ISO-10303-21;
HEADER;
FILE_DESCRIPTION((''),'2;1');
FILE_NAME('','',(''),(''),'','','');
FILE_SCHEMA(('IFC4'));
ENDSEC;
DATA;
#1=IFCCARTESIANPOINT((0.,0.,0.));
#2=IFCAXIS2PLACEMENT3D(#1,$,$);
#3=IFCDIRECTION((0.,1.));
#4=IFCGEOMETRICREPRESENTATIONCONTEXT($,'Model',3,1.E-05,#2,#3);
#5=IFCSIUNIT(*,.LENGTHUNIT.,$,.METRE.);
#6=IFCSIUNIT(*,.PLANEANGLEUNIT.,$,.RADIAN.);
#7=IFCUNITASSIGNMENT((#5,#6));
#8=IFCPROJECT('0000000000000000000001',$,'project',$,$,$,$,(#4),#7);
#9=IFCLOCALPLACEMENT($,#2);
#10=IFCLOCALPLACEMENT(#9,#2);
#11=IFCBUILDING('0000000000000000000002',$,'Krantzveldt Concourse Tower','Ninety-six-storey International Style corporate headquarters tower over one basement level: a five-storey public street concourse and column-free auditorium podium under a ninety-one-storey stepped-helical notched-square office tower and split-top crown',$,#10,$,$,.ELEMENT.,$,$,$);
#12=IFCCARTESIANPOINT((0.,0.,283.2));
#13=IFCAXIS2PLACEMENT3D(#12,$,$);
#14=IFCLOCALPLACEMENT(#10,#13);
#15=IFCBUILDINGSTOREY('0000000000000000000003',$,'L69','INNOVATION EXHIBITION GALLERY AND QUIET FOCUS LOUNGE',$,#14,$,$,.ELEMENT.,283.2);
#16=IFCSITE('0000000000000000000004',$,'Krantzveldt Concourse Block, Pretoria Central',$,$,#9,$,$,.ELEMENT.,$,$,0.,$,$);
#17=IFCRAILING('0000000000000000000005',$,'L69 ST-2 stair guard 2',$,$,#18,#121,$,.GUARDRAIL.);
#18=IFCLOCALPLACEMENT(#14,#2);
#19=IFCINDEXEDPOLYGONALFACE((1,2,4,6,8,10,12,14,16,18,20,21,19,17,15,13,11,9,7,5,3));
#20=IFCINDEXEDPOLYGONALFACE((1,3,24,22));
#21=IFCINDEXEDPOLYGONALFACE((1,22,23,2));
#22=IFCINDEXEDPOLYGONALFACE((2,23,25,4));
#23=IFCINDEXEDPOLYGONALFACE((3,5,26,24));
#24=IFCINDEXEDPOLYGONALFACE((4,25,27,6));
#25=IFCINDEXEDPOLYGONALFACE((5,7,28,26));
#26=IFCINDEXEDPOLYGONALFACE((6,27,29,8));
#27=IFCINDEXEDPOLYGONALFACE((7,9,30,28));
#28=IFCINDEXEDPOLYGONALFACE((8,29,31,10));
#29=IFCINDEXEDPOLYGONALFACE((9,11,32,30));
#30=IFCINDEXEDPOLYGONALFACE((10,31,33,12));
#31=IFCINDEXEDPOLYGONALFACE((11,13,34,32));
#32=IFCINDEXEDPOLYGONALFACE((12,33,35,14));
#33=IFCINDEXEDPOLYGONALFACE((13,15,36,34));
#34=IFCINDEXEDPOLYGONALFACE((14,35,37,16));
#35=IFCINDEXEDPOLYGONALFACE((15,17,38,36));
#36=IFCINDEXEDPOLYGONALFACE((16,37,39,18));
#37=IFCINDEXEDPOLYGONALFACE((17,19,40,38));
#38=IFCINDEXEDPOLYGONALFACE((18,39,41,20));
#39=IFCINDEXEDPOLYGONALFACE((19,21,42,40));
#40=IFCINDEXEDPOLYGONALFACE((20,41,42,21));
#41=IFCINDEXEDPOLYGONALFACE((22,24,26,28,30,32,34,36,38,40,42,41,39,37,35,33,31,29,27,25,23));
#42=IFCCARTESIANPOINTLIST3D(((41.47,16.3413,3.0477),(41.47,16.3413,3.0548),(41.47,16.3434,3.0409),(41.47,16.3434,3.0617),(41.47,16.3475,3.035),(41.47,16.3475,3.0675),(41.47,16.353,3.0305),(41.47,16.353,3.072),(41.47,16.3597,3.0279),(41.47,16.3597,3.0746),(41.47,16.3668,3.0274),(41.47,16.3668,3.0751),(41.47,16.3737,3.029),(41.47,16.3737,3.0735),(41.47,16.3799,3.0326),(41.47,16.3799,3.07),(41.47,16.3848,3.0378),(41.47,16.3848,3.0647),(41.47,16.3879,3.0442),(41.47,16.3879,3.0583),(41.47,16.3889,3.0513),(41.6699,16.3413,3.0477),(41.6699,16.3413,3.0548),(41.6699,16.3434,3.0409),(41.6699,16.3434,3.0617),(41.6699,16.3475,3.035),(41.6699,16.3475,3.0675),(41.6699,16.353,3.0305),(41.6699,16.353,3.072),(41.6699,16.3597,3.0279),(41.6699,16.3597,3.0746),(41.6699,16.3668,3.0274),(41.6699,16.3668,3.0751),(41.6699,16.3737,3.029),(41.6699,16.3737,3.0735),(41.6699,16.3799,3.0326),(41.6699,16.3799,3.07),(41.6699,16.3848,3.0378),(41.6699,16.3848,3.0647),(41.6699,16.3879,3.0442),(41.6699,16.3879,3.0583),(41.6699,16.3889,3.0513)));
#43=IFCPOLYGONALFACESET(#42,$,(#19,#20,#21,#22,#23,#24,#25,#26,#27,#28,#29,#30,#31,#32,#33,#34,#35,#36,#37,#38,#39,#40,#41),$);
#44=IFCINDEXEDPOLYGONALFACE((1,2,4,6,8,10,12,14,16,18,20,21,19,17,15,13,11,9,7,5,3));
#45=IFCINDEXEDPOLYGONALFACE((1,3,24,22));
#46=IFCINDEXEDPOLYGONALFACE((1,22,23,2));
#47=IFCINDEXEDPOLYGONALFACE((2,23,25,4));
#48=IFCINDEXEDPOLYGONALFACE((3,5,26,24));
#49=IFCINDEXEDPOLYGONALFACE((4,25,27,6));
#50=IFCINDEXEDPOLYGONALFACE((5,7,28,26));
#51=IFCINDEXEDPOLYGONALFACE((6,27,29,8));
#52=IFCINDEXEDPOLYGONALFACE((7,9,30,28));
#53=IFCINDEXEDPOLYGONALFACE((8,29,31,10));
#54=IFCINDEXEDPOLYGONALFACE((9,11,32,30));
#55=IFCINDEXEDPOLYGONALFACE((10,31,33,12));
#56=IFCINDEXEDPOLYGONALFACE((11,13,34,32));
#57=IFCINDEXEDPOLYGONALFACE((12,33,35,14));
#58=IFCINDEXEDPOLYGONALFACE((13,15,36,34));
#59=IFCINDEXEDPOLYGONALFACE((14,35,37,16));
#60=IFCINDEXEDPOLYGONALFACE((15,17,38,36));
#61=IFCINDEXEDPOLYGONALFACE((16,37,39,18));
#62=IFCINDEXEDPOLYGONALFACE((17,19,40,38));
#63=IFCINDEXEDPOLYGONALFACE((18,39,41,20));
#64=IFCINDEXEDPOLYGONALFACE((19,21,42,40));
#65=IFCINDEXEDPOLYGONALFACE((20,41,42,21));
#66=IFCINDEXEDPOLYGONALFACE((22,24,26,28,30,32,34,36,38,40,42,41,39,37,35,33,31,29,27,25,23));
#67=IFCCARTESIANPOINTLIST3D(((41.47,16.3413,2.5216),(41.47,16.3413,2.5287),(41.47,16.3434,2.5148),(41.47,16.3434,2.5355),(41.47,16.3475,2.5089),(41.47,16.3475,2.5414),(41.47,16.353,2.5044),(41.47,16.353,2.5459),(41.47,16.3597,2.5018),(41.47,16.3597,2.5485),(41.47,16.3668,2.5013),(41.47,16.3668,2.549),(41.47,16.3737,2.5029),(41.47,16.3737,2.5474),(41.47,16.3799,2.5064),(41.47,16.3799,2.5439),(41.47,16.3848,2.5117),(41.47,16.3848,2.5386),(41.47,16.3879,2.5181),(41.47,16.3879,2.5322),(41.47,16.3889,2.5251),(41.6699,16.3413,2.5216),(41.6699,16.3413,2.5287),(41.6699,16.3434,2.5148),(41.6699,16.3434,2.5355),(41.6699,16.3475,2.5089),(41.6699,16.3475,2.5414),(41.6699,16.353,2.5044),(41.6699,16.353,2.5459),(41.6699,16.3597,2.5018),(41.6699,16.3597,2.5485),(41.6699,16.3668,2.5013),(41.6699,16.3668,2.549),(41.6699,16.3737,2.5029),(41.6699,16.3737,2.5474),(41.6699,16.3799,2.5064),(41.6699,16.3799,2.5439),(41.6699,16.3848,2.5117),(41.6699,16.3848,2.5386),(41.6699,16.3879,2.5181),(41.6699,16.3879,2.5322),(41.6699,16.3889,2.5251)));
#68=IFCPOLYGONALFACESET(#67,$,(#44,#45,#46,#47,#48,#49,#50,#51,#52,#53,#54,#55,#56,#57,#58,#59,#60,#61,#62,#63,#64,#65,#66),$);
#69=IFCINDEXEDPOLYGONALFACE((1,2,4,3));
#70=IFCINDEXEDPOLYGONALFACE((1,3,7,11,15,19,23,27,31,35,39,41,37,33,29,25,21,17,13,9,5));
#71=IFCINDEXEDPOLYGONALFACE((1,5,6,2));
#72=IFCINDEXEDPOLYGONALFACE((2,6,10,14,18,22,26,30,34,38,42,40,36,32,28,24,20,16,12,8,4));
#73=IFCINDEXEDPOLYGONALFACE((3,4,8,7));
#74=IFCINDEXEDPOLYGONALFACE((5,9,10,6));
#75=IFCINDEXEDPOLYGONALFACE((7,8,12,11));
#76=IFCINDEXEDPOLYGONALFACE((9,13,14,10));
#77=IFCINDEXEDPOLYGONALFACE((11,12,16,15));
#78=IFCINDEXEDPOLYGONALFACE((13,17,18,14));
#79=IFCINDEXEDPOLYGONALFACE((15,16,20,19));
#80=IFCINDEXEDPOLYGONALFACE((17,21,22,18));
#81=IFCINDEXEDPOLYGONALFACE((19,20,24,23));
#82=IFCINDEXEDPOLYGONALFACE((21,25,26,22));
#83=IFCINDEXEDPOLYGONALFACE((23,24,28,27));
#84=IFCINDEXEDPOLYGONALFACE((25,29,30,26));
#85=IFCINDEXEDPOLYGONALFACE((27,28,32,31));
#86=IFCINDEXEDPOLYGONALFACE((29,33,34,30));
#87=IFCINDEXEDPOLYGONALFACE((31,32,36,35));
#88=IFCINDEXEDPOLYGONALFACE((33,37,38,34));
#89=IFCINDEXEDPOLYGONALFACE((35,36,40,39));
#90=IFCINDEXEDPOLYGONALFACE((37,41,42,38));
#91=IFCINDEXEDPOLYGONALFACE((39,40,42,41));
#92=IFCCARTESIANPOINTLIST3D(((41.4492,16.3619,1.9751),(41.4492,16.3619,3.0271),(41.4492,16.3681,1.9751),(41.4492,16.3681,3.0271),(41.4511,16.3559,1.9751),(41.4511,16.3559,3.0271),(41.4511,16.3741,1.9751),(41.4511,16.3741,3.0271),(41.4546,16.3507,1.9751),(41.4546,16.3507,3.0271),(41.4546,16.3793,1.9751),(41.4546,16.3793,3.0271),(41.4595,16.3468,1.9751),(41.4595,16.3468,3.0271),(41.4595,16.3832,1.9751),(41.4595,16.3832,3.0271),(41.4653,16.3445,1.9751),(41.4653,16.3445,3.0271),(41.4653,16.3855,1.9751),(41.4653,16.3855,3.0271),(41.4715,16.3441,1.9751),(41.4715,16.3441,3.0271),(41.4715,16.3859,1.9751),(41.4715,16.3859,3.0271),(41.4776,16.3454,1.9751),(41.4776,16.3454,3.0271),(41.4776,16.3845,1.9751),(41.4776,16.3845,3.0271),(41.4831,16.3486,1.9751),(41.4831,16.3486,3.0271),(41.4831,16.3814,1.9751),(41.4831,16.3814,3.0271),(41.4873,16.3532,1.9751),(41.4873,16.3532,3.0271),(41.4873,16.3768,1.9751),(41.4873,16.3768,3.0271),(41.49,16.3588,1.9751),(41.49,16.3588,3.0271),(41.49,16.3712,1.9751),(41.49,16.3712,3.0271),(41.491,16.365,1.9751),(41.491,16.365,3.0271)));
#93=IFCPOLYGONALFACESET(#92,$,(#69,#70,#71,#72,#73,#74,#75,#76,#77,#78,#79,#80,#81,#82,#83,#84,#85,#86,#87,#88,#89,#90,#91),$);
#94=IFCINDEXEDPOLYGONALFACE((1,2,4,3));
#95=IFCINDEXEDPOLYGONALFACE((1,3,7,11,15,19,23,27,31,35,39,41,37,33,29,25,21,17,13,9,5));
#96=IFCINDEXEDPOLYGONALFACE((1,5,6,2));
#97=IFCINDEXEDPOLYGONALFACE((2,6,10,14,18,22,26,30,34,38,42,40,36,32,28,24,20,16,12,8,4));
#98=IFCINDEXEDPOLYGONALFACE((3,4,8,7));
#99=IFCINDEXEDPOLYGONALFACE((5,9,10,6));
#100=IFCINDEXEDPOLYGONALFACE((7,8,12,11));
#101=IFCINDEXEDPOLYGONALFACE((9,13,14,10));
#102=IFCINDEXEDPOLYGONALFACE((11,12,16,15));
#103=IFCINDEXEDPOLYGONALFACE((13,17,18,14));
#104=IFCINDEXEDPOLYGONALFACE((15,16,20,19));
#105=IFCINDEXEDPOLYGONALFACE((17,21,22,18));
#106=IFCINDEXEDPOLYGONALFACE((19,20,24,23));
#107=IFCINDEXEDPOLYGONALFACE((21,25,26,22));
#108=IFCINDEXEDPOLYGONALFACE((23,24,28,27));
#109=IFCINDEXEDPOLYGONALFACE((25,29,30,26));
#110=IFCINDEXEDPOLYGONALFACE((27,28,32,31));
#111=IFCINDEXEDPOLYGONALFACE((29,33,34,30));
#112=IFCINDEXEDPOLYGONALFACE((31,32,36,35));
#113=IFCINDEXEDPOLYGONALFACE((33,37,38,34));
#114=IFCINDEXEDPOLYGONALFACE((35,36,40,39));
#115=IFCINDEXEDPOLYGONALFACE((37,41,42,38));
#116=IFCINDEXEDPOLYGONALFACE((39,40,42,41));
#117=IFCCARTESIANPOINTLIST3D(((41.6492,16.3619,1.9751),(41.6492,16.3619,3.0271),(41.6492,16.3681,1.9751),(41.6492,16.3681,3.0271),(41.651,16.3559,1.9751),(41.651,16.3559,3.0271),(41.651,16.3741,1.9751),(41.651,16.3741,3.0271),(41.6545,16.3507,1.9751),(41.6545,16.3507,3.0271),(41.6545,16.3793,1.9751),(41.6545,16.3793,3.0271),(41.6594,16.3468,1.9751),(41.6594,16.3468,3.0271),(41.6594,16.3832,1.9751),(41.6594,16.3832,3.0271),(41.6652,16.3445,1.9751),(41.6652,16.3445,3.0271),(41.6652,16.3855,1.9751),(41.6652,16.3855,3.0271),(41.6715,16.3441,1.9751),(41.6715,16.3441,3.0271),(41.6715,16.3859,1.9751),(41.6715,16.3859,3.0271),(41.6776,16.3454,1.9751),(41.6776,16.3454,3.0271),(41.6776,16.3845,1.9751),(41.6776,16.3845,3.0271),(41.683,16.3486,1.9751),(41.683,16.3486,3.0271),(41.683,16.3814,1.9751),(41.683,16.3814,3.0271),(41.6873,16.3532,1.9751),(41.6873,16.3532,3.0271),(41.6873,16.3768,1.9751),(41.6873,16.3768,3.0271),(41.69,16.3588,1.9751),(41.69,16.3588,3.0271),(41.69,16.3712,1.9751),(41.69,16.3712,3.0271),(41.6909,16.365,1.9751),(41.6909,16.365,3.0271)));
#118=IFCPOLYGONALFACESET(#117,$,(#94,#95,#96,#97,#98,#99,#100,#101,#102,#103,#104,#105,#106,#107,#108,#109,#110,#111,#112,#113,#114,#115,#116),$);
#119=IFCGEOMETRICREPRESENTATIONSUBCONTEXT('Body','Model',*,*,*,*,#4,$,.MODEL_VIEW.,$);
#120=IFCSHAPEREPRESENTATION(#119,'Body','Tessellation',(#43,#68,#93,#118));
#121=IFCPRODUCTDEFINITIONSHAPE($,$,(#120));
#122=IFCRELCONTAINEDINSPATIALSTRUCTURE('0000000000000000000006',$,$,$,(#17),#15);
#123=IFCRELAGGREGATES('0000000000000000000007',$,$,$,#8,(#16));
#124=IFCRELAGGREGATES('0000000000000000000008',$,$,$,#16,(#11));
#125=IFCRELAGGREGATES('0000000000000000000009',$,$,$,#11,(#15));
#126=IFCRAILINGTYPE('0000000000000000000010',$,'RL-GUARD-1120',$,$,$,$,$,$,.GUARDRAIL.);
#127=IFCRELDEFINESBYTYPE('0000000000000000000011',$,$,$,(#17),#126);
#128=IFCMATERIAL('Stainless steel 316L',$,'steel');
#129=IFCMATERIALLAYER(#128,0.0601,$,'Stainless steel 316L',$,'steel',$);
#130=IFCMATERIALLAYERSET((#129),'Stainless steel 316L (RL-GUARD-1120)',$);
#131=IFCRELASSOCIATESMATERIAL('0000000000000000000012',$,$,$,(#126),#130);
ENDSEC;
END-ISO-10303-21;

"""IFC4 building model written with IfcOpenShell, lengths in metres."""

from ifc_helpers import new_model, si_unit, direction, frame, origin, origin_2d, place, context, subcontext, project, spatial, circle, extrude, material, layer, layer_set, type_object, element, save


model = new_model("IFC4")

# Units and contexts
model_context = context("Model", 3, precision=1e-05, world=origin(), true_north=direction((0.0, 1.0)))
body_context = subcontext(model_context, "Body", "Model", "MODEL_VIEW")
ifc_project = project(units=[si_unit("LENGTHUNIT", "METRE"), si_unit("PLANEANGLEUNIT", "RADIAN")], contexts=[model_context])

# Site, building, storey
site_placement = place(None, origin())
site = spatial("IfcSite", under=ifc_project, at=site_placement, Name="Krantzveldt Concourse Block, Pretoria Central", CompositionType="ELEMENT", RefElevation=0.0)
building_placement = place(site_placement, origin())
building = spatial("IfcBuilding", under=site, at=building_placement, Name="Krantzveldt Concourse Tower", Description="Ninety-six-storey International Style corporate headquarters tower over one basement level: a five-storey public street concourse and column-free auditorium podium under a ninety-one-storey stepped-helical notched-square office tower and split-top crown", CompositionType="ELEMENT")
storey_placement = place(building_placement, frame((0.0, 0.0, 283.2)))
storey = spatial("IfcBuildingStorey", under=building, at=storey_placement, Name="L69", Description="INNOVATION EXHIBITION GALLERY AND QUIET FOCUS LOUNGE", CompositionType="ELEMENT", Elevation=283.2)

# Shared definitions
ifc_material_1 = material(Name="Stainless steel 316L", Category="steel")

# Railing
ifc_layer_1 = layer(ifc_material_1, 0.0601, Name="Stainless steel 316L", Category="steel")
ifc_layer_set_1 = layer_set([ifc_layer_1], Name="Stainless steel 316L (RL-GUARD-1120)")
railing_type_1 = type_object("IfcRailingType", Name="RL-GUARD-1120", PredefinedType="GUARDRAIL", material=ifc_layer_set_1)
for number, where, name in (
    (1, (41.47, 16.365, 1.9751), "L69 ST-2 stair guard 2"),
):
    element("IfcRailing", number, at=place(storey_placement, frame(where)), inside=storey, type_object=railing_type_1, Name=name, PredefinedType="GUARDRAIL", context=body_context, shape_type="SweptSolid", body=[
        extrude(circle(Radius=0.0239, at=origin_2d()), frame((0.0, 0.0, 1.0762), z_axis=(1.0, 0.0, 0.0), x_axis=(0.0, 1.0, 0.0)), (0.0, 0.0, 1.0), 0.2),
        extrude(circle(Radius=0.0239, at=origin_2d()), frame((0.0, 0.0, 0.55), z_axis=(1.0, 0.0, 0.0), x_axis=(0.0, 1.0, 0.0)), (0.0, 0.0, 1.0), 0.2),
        extrude(circle(Radius=0.021, at=origin_2d()), origin(), (0.0, 0.0, 1.0), 1.052),
        extrude(circle(Radius=0.021, at=origin_2d()), frame((0.2, 0.0, 0.0)), (0.0, 0.0, 1.0), 1.052),
    ])

save(model, "model.ifc")
